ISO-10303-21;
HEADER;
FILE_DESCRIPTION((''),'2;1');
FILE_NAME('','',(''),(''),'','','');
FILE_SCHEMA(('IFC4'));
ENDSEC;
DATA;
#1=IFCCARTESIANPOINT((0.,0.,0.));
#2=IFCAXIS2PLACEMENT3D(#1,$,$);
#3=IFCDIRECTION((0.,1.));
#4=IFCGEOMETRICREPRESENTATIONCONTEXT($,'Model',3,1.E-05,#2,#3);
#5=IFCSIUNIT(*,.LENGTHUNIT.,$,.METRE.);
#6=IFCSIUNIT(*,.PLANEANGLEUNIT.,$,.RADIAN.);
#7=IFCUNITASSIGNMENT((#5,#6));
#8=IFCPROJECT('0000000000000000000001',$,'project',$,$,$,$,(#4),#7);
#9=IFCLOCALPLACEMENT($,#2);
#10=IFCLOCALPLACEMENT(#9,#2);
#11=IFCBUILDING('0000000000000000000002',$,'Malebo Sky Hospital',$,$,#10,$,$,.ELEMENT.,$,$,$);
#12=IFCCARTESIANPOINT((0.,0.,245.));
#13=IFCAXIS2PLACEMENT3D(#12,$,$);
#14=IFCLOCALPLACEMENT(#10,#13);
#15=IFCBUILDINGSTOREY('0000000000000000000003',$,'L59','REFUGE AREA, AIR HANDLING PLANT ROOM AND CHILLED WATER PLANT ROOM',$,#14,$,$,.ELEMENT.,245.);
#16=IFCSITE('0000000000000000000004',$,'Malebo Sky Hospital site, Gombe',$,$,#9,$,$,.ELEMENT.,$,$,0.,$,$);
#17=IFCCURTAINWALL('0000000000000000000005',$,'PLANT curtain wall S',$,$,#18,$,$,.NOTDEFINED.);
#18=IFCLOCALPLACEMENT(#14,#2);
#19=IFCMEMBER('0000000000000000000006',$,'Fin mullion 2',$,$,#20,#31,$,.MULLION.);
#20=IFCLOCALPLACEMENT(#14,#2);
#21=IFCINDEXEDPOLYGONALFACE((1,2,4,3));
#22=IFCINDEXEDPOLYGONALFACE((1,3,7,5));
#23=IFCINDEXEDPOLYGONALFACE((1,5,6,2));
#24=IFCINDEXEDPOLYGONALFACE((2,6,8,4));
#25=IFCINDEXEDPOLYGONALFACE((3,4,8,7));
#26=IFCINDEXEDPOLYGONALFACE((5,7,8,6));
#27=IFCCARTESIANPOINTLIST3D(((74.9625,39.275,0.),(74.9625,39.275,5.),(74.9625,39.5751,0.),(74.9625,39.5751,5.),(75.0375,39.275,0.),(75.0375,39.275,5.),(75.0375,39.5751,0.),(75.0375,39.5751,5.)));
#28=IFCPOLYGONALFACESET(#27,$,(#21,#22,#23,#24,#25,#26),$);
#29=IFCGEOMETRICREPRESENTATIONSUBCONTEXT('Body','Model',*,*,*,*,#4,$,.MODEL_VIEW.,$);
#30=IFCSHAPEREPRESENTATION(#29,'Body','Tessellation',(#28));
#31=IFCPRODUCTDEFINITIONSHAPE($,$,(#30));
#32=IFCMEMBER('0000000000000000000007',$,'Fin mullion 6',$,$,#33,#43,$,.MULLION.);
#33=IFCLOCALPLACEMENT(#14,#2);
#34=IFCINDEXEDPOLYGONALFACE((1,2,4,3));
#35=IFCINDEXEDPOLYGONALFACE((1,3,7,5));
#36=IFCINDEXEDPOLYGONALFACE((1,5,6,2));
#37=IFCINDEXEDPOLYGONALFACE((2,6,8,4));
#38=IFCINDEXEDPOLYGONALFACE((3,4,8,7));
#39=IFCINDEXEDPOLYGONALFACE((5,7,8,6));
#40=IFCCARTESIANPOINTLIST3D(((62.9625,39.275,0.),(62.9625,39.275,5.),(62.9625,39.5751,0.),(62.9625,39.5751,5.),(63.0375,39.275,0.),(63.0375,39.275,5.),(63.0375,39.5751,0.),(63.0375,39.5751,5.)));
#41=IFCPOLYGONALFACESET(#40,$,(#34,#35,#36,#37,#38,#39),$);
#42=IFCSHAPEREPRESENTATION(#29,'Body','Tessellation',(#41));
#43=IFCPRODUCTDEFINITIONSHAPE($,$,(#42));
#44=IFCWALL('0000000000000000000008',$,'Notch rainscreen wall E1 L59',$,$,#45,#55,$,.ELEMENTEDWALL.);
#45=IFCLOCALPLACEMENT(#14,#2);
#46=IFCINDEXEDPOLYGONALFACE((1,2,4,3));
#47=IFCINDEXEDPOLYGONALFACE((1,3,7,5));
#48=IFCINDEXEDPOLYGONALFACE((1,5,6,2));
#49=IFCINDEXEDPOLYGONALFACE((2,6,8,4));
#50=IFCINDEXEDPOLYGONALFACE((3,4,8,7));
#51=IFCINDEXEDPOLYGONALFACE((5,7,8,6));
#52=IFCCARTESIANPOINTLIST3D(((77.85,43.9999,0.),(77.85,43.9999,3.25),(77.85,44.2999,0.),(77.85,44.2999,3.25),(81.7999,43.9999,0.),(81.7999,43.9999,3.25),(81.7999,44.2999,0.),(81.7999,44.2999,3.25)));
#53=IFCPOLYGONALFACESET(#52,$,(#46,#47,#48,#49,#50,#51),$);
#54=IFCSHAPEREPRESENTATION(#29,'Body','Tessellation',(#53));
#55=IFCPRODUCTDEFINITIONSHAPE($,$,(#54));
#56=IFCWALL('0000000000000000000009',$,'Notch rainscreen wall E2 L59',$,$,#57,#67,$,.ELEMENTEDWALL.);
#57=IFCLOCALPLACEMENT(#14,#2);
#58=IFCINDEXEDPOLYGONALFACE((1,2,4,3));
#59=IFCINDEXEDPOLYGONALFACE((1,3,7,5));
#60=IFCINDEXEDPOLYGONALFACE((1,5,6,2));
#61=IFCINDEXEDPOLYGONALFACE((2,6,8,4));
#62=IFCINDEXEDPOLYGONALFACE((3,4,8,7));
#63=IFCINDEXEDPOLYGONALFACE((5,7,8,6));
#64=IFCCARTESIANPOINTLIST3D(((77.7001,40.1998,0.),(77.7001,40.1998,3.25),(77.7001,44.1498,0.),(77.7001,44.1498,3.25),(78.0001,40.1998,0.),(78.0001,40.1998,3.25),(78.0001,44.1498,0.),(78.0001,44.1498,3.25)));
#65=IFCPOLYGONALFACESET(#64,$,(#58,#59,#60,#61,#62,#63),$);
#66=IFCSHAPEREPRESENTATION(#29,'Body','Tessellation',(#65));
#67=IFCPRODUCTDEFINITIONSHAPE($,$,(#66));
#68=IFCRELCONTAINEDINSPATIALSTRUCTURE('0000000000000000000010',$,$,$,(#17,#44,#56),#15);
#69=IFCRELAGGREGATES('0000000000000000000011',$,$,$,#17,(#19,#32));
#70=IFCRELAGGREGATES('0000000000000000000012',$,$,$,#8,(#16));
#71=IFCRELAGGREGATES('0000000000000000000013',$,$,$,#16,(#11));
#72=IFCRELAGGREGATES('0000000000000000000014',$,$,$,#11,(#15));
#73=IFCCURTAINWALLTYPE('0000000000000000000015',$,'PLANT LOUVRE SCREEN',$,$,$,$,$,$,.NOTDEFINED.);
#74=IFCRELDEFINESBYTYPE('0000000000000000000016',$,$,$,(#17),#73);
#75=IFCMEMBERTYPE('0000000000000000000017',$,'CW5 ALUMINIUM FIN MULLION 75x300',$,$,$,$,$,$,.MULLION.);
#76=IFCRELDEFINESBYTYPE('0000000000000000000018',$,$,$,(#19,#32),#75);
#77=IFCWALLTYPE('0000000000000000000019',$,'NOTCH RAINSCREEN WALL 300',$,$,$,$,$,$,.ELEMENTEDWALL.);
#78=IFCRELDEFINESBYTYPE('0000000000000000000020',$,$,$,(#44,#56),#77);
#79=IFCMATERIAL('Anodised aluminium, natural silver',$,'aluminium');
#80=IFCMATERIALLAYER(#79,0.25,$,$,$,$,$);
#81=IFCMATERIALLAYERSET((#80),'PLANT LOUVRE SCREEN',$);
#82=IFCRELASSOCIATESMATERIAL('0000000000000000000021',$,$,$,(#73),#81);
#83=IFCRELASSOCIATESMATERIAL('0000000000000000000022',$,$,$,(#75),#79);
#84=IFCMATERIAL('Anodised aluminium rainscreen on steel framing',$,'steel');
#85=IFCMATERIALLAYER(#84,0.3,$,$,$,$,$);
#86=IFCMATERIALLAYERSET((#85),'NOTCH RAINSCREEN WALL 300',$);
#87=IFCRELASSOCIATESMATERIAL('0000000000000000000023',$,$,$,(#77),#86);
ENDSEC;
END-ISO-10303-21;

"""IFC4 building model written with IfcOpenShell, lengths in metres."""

from ifc_helpers import new_model, si_unit, direction, frame, frame_2d, origin, origin_2d, place, context, subcontext, project, spatial, rectangle, extrude, material, layer, layer_set, material_profile, profile_set, type_object, element, aggregate, save


model = new_model("IFC4")

# Units and contexts
model_context = context("Model", 3, precision=1e-05, world=origin(), true_north=direction((0.0, 1.0)))
body_context = subcontext(model_context, "Body", "Model", "MODEL_VIEW")
ifc_project = project(units=[si_unit("LENGTHUNIT", "METRE"), si_unit("PLANEANGLEUNIT", "RADIAN")], contexts=[model_context])

# Site, building, storey
site_placement = place(None, origin())
site = spatial("IfcSite", under=ifc_project, at=site_placement, Name="Malebo Sky Hospital site, Gombe", CompositionType="ELEMENT", RefElevation=0.0)
building_placement = place(site_placement, origin())
building = spatial("IfcBuilding", under=site, at=building_placement, Name="Malebo Sky Hospital", CompositionType="ELEMENT")
storey_placement = place(building_placement, frame((0.0, 0.0, 245.0)))
storey = spatial("IfcBuildingStorey", under=building, at=storey_placement, Name="L59", Description="REFUGE AREA, AIR HANDLING PLANT ROOM AND CHILLED WATER PLANT ROOM", CompositionType="ELEMENT", Elevation=245.0)

# Curtain wall
ifc_material_1 = material(Name="Anodised aluminium, natural silver", Category="aluminium")
ifc_layer_1 = layer(ifc_material_1, 0.25)
ifc_layer_set_1 = layer_set([ifc_layer_1], Name="PLANT LOUVRE SCREEN")
curtain_wall_type = type_object("IfcCurtainWallType", Name="PLANT LOUVRE SCREEN", PredefinedType="NOTDEFINED", material=ifc_layer_set_1)
curtain_wall_1_placement = place(storey_placement, origin())
curtain_wall_1 = element("IfcCurtainWall", 1, at=curtain_wall_1_placement, inside=storey, type_object=curtain_wall_type, Name="PLANT curtain wall S", PredefinedType="NOTDEFINED")

# Members
ifc_material_profile_1 = material_profile(ifc_material_1, rectangle(XDim=0.075, YDim=0.3, at=origin_2d()), Name="CW5 ALUMINIUM FIN MULLION 75x300")
ifc_profile_set_1 = profile_set([ifc_material_profile_1], Name="Anodised aluminium, natural silver")
member_type_1 = type_object("IfcMemberType", Name="CW5 ALUMINIUM FIN MULLION 75x300", PredefinedType="MULLION", material=ifc_profile_set_1)
member_1_placement = place(storey_placement, frame((75.0, 39.425, 0.0), z_axis=(0.0, 0.0, 1.0), x_axis=(-1.0, 0.0, 0.0)))
member_1 = element("IfcMember", 2, at=member_1_placement, type_object=member_type_1, Name="Fin mullion 2", PredefinedType="MULLION", context=body_context, shape_type="SweptSolid", body=[
    extrude(rectangle(XDim=0.075, YDim=0.3, at=origin_2d()), origin(), (0.0, 0.0, 1.0), 5.0),
])
member_2_placement = place(storey_placement, frame((63.0, 39.425, 0.0), z_axis=(0.0, 0.0, 1.0), x_axis=(-1.0, 0.0, 0.0)))
member_2 = element("IfcMember", 3, at=member_2_placement, type_object=member_type_1, Name="Fin mullion 6", PredefinedType="MULLION", context=body_context, shape_type="SweptSolid", body=[
    extrude(rectangle(XDim=0.075, YDim=0.3, at=origin_2d()), origin(), (0.0, 0.0, 1.0), 5.0),
])
aggregate(curtain_wall_1, [member_1, member_2])

# Walls
ifc_material_2 = material(Name="Anodised aluminium rainscreen on steel framing", Category="steel")
ifc_layer_2 = layer(ifc_material_2, 0.3)
ifc_layer_set_2 = layer_set([ifc_layer_2], Name="NOTCH RAINSCREEN WALL 300")
wall_type = type_object("IfcWallType", Name="NOTCH RAINSCREEN WALL 300", PredefinedType="ELEMENTEDWALL", material=ifc_layer_set_2)
for number, where, z_axis, x_axis, name in (
    (4, (81.8, 44.1499, 0.0), (0.0, 0.0, 1.0), (-1.0, 0.0, 0.0), "Notch rainscreen wall E1 L59"),
    (5, (77.8501, 44.1499, 0.0), (0.0, 0.0, 1.0), (0.0, -1.0, 0.0), "Notch rainscreen wall E2 L59"),
):
    element("IfcWall", number, at=place(storey_placement, frame(where, z_axis=z_axis, x_axis=x_axis)), inside=storey, type_object=wall_type, Name=name, PredefinedType="ELEMENTEDWALL", context=body_context, shape_type="SweptSolid", body=[
        extrude(rectangle(XDim=3.95, YDim=0.3, at=frame_2d((1.9751, 0.0))), origin(), (0.0, 0.0, 1.0), 3.25),
    ])

save(model, "model.ifc")
